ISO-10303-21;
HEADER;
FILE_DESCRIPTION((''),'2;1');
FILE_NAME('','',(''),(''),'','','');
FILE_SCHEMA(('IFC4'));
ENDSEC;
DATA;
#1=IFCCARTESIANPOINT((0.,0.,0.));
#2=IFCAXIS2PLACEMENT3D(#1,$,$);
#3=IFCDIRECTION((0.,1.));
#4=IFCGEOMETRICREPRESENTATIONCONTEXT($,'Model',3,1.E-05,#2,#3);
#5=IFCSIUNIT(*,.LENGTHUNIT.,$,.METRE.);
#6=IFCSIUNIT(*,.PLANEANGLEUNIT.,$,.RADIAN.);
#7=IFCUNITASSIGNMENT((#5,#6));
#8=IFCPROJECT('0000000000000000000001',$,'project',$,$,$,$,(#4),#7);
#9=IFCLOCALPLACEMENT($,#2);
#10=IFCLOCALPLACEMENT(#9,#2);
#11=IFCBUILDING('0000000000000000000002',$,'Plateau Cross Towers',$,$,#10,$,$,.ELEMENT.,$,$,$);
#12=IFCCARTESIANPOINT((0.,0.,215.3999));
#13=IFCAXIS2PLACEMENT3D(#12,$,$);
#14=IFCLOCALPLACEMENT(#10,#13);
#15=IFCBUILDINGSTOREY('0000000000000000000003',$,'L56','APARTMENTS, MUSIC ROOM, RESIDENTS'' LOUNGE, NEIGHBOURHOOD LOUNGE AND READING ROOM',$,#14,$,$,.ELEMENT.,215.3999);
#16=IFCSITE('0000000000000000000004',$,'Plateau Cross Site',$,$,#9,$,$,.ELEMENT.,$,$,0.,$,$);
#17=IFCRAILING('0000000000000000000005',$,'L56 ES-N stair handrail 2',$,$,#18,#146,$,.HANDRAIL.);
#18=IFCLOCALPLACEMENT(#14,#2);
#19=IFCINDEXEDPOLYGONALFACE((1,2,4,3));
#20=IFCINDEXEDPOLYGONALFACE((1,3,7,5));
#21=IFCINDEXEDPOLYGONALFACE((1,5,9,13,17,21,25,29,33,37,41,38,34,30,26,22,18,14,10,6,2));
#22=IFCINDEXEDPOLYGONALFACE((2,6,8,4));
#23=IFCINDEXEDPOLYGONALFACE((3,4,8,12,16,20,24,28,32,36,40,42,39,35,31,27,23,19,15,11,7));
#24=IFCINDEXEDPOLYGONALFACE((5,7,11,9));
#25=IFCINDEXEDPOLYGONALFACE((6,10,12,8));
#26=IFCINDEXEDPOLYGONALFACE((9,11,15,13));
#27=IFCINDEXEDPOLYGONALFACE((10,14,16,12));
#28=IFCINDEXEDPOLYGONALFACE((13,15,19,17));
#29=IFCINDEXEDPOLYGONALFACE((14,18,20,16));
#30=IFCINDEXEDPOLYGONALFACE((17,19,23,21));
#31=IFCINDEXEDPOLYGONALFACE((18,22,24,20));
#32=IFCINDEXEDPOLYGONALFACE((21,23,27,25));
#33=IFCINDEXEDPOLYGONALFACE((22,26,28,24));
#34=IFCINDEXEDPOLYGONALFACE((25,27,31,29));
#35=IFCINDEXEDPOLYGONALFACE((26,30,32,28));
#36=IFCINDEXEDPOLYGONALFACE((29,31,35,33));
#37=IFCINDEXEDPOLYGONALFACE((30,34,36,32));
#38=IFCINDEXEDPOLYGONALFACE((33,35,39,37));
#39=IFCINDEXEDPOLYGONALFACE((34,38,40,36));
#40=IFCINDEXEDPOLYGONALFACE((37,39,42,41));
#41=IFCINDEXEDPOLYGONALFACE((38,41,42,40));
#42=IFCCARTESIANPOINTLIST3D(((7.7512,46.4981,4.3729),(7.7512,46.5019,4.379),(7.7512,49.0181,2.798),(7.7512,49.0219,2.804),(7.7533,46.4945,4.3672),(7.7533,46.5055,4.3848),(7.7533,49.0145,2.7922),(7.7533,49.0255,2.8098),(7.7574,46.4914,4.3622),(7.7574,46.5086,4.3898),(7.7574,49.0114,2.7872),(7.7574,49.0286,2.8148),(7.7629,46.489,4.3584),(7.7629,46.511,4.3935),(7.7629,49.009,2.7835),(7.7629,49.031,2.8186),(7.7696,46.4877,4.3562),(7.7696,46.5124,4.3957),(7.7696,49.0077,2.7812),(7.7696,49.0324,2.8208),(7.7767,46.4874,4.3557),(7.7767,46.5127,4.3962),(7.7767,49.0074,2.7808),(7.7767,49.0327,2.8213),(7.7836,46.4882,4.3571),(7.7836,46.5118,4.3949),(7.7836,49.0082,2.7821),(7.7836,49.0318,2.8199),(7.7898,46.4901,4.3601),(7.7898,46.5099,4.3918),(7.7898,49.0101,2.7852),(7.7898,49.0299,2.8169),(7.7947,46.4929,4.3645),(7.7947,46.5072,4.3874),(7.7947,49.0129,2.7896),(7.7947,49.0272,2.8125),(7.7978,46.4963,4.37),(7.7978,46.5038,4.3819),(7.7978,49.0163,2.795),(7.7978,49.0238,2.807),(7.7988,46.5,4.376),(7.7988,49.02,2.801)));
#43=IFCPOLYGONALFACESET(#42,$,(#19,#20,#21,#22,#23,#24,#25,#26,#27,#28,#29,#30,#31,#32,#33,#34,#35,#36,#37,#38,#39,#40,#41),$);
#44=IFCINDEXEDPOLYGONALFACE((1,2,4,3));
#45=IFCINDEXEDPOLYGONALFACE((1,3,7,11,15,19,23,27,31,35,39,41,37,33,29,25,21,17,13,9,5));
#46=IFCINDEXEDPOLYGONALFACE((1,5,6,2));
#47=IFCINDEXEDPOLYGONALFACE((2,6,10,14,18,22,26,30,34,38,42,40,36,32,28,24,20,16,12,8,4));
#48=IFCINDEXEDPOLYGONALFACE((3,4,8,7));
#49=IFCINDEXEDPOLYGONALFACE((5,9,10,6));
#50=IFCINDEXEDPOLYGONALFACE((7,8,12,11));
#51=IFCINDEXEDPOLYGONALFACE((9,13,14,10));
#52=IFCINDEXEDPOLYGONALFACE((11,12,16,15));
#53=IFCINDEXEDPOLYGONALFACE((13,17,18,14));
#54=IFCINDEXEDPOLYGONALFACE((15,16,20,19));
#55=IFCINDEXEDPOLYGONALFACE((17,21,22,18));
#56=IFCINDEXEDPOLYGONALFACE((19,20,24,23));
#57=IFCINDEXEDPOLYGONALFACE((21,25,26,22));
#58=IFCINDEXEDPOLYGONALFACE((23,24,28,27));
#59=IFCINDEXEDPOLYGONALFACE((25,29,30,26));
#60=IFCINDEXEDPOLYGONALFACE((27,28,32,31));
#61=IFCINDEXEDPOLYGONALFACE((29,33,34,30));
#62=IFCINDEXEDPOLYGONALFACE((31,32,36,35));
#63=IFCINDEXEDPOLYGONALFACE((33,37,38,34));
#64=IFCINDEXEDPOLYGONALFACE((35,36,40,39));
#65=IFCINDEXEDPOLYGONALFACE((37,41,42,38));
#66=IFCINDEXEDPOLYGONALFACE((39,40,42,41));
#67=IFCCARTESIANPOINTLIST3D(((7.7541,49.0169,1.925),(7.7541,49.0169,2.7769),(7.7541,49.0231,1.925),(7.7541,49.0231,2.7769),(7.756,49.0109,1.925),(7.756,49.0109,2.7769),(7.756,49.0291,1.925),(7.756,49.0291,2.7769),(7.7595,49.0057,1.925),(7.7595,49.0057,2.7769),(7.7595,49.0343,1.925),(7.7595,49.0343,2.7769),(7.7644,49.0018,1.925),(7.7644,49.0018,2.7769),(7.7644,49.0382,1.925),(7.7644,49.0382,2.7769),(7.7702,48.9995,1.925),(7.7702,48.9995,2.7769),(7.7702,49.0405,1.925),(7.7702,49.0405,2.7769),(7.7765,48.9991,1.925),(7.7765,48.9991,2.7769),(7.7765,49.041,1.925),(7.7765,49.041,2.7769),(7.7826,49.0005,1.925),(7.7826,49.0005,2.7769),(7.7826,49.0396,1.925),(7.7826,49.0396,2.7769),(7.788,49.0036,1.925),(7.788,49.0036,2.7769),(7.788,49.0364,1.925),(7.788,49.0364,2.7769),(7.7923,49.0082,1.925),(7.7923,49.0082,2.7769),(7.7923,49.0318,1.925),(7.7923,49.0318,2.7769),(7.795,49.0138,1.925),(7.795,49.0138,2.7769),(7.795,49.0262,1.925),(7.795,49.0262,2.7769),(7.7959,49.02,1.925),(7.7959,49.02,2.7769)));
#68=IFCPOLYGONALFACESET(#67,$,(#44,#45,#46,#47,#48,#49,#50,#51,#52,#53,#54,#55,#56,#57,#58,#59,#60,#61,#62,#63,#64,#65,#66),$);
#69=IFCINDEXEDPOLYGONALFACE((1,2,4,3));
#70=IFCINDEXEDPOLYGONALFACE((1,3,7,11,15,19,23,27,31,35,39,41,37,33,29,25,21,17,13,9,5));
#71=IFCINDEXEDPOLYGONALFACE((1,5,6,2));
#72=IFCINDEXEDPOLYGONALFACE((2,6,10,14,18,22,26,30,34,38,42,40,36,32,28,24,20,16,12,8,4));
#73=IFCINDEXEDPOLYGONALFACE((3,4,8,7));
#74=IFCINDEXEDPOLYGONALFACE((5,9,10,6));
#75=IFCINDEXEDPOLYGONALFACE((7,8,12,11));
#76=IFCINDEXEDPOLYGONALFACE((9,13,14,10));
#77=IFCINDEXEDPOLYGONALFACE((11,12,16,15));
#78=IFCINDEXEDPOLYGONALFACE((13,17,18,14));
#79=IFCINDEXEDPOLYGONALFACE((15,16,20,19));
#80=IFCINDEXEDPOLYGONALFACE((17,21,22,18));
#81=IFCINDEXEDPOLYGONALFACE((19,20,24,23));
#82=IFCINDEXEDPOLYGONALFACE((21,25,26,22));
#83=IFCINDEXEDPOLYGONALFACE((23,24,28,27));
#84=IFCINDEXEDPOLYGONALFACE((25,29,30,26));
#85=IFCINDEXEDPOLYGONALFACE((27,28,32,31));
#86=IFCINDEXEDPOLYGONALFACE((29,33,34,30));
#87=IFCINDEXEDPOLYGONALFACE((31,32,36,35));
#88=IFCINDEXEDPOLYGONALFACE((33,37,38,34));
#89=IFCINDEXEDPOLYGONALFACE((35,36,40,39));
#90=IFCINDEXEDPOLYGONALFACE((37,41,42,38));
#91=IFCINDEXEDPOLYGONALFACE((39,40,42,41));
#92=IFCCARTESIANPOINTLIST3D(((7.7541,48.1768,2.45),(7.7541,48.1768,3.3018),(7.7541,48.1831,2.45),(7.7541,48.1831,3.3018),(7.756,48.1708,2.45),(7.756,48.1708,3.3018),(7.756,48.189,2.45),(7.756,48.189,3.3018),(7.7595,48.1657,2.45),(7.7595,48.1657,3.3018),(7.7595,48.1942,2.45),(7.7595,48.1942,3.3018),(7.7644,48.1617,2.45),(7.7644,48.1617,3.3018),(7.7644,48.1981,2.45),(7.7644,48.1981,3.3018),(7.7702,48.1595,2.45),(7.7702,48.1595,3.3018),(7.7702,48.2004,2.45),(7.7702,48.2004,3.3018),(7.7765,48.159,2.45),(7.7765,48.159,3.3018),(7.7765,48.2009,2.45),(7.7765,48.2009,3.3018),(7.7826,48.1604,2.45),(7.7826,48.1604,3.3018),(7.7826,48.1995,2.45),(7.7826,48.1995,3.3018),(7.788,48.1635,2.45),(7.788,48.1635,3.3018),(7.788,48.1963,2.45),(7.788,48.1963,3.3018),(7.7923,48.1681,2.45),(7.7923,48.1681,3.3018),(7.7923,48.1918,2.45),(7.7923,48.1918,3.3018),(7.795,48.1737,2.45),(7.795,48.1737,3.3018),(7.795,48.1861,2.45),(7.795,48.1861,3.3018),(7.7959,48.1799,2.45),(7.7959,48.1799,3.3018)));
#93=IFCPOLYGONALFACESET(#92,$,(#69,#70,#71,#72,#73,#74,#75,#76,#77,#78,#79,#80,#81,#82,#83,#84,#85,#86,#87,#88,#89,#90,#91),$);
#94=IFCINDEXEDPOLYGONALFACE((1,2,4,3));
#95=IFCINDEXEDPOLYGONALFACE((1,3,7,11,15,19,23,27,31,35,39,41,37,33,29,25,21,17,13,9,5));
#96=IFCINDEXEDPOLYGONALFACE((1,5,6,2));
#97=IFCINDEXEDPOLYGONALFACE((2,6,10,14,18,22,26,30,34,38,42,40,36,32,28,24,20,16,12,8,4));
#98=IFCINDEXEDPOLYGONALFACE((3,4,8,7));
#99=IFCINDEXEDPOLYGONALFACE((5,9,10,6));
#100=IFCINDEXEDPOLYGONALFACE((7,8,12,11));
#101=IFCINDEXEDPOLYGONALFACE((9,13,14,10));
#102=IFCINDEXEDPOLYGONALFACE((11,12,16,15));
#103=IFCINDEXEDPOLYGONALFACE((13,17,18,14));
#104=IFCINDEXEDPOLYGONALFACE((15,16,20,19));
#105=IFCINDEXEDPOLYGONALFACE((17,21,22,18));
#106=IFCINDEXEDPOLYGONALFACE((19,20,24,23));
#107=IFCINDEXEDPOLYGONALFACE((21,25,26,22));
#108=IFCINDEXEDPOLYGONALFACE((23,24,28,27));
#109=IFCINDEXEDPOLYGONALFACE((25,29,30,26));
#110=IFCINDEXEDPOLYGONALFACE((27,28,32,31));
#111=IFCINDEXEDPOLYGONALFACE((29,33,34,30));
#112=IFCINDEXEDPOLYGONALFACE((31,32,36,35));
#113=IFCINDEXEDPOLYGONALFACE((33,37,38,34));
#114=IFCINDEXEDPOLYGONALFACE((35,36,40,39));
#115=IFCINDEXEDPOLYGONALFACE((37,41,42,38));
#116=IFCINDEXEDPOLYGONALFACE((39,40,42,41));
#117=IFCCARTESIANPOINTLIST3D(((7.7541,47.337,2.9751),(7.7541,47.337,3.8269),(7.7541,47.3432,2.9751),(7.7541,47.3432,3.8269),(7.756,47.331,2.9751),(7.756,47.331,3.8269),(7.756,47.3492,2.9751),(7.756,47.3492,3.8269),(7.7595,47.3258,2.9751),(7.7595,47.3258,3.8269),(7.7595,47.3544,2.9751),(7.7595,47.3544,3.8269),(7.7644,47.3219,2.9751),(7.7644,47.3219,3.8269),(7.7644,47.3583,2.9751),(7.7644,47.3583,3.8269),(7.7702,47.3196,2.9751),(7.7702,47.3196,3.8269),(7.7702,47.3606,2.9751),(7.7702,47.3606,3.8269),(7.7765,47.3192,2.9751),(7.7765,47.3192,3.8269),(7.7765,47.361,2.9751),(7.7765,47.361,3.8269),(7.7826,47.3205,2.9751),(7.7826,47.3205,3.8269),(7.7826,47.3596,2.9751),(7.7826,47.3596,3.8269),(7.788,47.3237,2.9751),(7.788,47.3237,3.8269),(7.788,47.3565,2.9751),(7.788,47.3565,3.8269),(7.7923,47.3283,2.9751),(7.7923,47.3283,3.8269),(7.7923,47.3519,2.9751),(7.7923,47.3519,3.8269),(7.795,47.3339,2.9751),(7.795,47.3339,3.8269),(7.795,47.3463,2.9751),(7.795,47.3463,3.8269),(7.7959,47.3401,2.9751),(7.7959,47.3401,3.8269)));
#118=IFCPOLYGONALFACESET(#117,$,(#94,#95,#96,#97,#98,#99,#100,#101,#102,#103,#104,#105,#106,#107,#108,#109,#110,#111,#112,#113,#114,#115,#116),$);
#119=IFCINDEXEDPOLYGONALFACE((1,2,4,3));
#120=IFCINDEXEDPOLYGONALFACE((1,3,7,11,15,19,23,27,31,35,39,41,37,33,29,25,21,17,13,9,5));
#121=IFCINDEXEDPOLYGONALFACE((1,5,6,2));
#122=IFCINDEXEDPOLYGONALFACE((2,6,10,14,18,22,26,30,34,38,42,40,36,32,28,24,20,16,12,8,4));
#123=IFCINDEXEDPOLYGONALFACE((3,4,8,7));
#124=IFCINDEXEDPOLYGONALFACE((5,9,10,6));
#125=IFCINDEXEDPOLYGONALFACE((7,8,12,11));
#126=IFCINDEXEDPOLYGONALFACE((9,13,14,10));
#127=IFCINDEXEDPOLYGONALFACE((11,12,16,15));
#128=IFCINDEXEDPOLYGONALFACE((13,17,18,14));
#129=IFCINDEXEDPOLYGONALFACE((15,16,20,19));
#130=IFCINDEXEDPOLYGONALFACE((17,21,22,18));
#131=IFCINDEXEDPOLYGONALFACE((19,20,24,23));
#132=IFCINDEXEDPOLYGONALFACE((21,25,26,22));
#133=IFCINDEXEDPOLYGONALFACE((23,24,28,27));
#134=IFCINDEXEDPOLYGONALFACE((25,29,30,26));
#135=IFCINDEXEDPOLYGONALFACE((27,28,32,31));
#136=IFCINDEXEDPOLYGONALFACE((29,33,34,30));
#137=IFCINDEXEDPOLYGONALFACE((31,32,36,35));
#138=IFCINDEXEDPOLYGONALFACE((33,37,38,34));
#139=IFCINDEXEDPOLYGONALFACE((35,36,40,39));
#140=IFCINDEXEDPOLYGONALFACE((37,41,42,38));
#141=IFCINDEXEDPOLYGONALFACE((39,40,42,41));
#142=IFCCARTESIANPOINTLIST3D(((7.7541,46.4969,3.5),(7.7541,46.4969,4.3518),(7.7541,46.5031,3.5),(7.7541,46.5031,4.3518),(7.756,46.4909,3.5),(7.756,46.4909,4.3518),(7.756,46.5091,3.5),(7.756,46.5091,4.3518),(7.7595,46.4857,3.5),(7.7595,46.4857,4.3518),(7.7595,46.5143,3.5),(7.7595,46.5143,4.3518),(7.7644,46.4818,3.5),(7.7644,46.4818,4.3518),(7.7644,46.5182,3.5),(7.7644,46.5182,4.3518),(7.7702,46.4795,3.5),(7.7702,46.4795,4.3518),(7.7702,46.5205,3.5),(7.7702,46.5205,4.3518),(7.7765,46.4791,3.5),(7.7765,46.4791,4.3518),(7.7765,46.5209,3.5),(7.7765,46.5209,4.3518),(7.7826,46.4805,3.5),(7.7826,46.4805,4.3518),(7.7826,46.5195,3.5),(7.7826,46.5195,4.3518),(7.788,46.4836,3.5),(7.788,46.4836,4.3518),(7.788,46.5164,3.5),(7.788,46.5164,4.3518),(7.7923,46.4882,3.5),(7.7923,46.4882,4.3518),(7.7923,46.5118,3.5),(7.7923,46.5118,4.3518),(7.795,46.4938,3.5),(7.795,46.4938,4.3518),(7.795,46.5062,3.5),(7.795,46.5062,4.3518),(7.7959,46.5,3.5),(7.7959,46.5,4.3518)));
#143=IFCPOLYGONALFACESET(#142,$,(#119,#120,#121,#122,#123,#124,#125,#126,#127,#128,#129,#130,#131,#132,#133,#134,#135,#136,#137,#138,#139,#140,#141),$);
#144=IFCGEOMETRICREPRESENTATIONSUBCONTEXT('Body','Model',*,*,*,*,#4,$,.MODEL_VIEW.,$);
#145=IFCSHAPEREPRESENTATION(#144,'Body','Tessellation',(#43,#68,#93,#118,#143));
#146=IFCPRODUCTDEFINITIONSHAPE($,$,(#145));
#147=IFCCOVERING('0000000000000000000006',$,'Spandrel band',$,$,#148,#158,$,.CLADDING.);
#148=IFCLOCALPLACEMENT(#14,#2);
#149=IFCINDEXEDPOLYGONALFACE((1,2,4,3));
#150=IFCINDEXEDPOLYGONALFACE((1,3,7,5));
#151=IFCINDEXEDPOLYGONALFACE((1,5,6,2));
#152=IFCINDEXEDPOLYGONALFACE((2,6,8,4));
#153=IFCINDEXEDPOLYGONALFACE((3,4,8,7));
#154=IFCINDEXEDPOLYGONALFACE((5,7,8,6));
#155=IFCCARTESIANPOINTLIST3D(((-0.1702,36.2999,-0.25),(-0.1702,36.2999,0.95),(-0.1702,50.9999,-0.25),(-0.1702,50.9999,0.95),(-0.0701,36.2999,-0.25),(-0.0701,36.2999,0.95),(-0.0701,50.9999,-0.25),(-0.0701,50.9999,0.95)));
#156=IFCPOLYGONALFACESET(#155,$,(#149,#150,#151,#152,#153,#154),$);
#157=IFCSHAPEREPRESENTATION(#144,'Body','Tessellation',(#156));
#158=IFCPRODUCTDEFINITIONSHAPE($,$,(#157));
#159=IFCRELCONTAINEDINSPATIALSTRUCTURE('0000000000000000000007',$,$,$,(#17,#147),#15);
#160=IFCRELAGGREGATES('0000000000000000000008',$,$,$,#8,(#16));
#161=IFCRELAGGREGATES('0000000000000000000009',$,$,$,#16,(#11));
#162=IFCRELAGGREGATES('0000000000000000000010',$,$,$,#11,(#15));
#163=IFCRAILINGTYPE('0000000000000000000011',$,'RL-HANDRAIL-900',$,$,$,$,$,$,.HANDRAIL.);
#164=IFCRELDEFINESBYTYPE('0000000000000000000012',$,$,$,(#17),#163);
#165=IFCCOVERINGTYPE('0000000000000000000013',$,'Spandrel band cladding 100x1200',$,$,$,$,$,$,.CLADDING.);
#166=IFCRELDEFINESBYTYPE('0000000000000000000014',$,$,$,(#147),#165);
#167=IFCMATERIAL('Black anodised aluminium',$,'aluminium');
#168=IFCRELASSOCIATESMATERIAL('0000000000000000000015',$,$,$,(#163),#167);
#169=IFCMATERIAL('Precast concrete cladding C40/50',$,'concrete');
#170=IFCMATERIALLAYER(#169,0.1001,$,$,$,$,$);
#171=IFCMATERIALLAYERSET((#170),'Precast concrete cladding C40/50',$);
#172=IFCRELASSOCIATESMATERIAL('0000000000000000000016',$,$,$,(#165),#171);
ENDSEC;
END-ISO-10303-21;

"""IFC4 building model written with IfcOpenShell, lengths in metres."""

from ifc_helpers import new_model, si_unit, direction, frame, origin, origin_2d, place, context, subcontext, project, spatial, rectangle, circle, extrude, material, layer, layer_set, type_object, element, save


model = new_model("IFC4")

# Units and contexts
model_context = context("Model", 3, precision=1e-05, world=origin(), true_north=direction((0.0, 1.0)))
body_context = subcontext(model_context, "Body", "Model", "MODEL_VIEW")
ifc_project = project(units=[si_unit("LENGTHUNIT", "METRE"), si_unit("PLANEANGLEUNIT", "RADIAN")], contexts=[model_context])

# Site, building, storey
site_placement = place(None, origin())
site = spatial("IfcSite", under=ifc_project, at=site_placement, Name="Plateau Cross Site", CompositionType="ELEMENT", RefElevation=0.0)
building_placement = place(site_placement, origin())
building = spatial("IfcBuilding", under=site, at=building_placement, Name="Plateau Cross Towers", CompositionType="ELEMENT")
storey_placement = place(building_placement, frame((0.0, 0.0, 215.3999)))
storey = spatial("IfcBuildingStorey", under=building, at=storey_placement, Name="L56", Description="APARTMENTS, MUSIC ROOM, RESIDENTS' LOUNGE, NEIGHBOURHOOD LOUNGE AND READING ROOM", CompositionType="ELEMENT", Elevation=215.3999)

# Shared definitions
ifc_material_1 = material(Name="Black anodised aluminium", Category="aluminium")

# Railing
railing_type_1 = type_object("IfcRailingType", Name="RL-HANDRAIL-900", PredefinedType="HANDRAIL", material=ifc_material_1)
railing_1_placement = place(storey_placement, frame((7.7749, 49.02, 1.925)))
element("IfcRailing", 1, at=railing_1_placement, inside=storey, type_object=railing_type_1, Name="L56 ES-N stair handrail 2", PredefinedType="HANDRAIL", context=body_context, shape_type="SweptSolid", body=[
    extrude(circle(Radius=0.0239, at=origin_2d()), frame((0.0, 0.0, 0.876), z_axis=(0.0, -0.848008, 0.529984), x_axis=(1.0, 0.0, 0.0)), (0.0, 0.0, 1.0), 2.9717),
    extrude(circle(Radius=0.021, at=origin_2d()), origin(), (0.0, 0.0, 1.0), 0.8518),
    extrude(circle(Radius=0.021, at=origin_2d()), frame((0.0, -0.8401, 0.5249)), (0.0, 0.0, 1.0), 0.8518),
    extrude(circle(Radius=0.021, at=origin_2d()), frame((0.0, -1.6799, 1.05)), (0.0, 0.0, 1.0), 0.8518),
    extrude(circle(Radius=0.021, at=origin_2d()), frame((0.0, -2.52, 1.575)), (0.0, 0.0, 1.0), 0.8518),
])

# Covering
ifc_material_2 = material(Name="Precast concrete cladding C40/50", Category="concrete")
ifc_layer_1 = layer(ifc_material_2, 0.1001)
ifc_layer_set_1 = layer_set([ifc_layer_1], Name="Precast concrete cladding C40/50")
covering_type = type_object("IfcCoveringType", Name="Spandrel band cladding 100x1200", PredefinedType="CLADDING", material=ifc_layer_set_1)
covering_placement = place(storey_placement, frame((-0.1201, 43.6499, -0.25), z_axis=(0.0, 0.0, 1.0), x_axis=(0.0, -1.0, 0.0)))
element("IfcCovering", 2, at=covering_placement, inside=storey, type_object=covering_type, Name="Spandrel band", PredefinedType="CLADDING", context=body_context, shape_type="SweptSolid", body=[
    extrude(rectangle(XDim=14.7, YDim=0.1001, at=origin_2d()), origin(), (0.0, 0.0, 1.0), 1.2),
])

save(model, "model.ifc")
